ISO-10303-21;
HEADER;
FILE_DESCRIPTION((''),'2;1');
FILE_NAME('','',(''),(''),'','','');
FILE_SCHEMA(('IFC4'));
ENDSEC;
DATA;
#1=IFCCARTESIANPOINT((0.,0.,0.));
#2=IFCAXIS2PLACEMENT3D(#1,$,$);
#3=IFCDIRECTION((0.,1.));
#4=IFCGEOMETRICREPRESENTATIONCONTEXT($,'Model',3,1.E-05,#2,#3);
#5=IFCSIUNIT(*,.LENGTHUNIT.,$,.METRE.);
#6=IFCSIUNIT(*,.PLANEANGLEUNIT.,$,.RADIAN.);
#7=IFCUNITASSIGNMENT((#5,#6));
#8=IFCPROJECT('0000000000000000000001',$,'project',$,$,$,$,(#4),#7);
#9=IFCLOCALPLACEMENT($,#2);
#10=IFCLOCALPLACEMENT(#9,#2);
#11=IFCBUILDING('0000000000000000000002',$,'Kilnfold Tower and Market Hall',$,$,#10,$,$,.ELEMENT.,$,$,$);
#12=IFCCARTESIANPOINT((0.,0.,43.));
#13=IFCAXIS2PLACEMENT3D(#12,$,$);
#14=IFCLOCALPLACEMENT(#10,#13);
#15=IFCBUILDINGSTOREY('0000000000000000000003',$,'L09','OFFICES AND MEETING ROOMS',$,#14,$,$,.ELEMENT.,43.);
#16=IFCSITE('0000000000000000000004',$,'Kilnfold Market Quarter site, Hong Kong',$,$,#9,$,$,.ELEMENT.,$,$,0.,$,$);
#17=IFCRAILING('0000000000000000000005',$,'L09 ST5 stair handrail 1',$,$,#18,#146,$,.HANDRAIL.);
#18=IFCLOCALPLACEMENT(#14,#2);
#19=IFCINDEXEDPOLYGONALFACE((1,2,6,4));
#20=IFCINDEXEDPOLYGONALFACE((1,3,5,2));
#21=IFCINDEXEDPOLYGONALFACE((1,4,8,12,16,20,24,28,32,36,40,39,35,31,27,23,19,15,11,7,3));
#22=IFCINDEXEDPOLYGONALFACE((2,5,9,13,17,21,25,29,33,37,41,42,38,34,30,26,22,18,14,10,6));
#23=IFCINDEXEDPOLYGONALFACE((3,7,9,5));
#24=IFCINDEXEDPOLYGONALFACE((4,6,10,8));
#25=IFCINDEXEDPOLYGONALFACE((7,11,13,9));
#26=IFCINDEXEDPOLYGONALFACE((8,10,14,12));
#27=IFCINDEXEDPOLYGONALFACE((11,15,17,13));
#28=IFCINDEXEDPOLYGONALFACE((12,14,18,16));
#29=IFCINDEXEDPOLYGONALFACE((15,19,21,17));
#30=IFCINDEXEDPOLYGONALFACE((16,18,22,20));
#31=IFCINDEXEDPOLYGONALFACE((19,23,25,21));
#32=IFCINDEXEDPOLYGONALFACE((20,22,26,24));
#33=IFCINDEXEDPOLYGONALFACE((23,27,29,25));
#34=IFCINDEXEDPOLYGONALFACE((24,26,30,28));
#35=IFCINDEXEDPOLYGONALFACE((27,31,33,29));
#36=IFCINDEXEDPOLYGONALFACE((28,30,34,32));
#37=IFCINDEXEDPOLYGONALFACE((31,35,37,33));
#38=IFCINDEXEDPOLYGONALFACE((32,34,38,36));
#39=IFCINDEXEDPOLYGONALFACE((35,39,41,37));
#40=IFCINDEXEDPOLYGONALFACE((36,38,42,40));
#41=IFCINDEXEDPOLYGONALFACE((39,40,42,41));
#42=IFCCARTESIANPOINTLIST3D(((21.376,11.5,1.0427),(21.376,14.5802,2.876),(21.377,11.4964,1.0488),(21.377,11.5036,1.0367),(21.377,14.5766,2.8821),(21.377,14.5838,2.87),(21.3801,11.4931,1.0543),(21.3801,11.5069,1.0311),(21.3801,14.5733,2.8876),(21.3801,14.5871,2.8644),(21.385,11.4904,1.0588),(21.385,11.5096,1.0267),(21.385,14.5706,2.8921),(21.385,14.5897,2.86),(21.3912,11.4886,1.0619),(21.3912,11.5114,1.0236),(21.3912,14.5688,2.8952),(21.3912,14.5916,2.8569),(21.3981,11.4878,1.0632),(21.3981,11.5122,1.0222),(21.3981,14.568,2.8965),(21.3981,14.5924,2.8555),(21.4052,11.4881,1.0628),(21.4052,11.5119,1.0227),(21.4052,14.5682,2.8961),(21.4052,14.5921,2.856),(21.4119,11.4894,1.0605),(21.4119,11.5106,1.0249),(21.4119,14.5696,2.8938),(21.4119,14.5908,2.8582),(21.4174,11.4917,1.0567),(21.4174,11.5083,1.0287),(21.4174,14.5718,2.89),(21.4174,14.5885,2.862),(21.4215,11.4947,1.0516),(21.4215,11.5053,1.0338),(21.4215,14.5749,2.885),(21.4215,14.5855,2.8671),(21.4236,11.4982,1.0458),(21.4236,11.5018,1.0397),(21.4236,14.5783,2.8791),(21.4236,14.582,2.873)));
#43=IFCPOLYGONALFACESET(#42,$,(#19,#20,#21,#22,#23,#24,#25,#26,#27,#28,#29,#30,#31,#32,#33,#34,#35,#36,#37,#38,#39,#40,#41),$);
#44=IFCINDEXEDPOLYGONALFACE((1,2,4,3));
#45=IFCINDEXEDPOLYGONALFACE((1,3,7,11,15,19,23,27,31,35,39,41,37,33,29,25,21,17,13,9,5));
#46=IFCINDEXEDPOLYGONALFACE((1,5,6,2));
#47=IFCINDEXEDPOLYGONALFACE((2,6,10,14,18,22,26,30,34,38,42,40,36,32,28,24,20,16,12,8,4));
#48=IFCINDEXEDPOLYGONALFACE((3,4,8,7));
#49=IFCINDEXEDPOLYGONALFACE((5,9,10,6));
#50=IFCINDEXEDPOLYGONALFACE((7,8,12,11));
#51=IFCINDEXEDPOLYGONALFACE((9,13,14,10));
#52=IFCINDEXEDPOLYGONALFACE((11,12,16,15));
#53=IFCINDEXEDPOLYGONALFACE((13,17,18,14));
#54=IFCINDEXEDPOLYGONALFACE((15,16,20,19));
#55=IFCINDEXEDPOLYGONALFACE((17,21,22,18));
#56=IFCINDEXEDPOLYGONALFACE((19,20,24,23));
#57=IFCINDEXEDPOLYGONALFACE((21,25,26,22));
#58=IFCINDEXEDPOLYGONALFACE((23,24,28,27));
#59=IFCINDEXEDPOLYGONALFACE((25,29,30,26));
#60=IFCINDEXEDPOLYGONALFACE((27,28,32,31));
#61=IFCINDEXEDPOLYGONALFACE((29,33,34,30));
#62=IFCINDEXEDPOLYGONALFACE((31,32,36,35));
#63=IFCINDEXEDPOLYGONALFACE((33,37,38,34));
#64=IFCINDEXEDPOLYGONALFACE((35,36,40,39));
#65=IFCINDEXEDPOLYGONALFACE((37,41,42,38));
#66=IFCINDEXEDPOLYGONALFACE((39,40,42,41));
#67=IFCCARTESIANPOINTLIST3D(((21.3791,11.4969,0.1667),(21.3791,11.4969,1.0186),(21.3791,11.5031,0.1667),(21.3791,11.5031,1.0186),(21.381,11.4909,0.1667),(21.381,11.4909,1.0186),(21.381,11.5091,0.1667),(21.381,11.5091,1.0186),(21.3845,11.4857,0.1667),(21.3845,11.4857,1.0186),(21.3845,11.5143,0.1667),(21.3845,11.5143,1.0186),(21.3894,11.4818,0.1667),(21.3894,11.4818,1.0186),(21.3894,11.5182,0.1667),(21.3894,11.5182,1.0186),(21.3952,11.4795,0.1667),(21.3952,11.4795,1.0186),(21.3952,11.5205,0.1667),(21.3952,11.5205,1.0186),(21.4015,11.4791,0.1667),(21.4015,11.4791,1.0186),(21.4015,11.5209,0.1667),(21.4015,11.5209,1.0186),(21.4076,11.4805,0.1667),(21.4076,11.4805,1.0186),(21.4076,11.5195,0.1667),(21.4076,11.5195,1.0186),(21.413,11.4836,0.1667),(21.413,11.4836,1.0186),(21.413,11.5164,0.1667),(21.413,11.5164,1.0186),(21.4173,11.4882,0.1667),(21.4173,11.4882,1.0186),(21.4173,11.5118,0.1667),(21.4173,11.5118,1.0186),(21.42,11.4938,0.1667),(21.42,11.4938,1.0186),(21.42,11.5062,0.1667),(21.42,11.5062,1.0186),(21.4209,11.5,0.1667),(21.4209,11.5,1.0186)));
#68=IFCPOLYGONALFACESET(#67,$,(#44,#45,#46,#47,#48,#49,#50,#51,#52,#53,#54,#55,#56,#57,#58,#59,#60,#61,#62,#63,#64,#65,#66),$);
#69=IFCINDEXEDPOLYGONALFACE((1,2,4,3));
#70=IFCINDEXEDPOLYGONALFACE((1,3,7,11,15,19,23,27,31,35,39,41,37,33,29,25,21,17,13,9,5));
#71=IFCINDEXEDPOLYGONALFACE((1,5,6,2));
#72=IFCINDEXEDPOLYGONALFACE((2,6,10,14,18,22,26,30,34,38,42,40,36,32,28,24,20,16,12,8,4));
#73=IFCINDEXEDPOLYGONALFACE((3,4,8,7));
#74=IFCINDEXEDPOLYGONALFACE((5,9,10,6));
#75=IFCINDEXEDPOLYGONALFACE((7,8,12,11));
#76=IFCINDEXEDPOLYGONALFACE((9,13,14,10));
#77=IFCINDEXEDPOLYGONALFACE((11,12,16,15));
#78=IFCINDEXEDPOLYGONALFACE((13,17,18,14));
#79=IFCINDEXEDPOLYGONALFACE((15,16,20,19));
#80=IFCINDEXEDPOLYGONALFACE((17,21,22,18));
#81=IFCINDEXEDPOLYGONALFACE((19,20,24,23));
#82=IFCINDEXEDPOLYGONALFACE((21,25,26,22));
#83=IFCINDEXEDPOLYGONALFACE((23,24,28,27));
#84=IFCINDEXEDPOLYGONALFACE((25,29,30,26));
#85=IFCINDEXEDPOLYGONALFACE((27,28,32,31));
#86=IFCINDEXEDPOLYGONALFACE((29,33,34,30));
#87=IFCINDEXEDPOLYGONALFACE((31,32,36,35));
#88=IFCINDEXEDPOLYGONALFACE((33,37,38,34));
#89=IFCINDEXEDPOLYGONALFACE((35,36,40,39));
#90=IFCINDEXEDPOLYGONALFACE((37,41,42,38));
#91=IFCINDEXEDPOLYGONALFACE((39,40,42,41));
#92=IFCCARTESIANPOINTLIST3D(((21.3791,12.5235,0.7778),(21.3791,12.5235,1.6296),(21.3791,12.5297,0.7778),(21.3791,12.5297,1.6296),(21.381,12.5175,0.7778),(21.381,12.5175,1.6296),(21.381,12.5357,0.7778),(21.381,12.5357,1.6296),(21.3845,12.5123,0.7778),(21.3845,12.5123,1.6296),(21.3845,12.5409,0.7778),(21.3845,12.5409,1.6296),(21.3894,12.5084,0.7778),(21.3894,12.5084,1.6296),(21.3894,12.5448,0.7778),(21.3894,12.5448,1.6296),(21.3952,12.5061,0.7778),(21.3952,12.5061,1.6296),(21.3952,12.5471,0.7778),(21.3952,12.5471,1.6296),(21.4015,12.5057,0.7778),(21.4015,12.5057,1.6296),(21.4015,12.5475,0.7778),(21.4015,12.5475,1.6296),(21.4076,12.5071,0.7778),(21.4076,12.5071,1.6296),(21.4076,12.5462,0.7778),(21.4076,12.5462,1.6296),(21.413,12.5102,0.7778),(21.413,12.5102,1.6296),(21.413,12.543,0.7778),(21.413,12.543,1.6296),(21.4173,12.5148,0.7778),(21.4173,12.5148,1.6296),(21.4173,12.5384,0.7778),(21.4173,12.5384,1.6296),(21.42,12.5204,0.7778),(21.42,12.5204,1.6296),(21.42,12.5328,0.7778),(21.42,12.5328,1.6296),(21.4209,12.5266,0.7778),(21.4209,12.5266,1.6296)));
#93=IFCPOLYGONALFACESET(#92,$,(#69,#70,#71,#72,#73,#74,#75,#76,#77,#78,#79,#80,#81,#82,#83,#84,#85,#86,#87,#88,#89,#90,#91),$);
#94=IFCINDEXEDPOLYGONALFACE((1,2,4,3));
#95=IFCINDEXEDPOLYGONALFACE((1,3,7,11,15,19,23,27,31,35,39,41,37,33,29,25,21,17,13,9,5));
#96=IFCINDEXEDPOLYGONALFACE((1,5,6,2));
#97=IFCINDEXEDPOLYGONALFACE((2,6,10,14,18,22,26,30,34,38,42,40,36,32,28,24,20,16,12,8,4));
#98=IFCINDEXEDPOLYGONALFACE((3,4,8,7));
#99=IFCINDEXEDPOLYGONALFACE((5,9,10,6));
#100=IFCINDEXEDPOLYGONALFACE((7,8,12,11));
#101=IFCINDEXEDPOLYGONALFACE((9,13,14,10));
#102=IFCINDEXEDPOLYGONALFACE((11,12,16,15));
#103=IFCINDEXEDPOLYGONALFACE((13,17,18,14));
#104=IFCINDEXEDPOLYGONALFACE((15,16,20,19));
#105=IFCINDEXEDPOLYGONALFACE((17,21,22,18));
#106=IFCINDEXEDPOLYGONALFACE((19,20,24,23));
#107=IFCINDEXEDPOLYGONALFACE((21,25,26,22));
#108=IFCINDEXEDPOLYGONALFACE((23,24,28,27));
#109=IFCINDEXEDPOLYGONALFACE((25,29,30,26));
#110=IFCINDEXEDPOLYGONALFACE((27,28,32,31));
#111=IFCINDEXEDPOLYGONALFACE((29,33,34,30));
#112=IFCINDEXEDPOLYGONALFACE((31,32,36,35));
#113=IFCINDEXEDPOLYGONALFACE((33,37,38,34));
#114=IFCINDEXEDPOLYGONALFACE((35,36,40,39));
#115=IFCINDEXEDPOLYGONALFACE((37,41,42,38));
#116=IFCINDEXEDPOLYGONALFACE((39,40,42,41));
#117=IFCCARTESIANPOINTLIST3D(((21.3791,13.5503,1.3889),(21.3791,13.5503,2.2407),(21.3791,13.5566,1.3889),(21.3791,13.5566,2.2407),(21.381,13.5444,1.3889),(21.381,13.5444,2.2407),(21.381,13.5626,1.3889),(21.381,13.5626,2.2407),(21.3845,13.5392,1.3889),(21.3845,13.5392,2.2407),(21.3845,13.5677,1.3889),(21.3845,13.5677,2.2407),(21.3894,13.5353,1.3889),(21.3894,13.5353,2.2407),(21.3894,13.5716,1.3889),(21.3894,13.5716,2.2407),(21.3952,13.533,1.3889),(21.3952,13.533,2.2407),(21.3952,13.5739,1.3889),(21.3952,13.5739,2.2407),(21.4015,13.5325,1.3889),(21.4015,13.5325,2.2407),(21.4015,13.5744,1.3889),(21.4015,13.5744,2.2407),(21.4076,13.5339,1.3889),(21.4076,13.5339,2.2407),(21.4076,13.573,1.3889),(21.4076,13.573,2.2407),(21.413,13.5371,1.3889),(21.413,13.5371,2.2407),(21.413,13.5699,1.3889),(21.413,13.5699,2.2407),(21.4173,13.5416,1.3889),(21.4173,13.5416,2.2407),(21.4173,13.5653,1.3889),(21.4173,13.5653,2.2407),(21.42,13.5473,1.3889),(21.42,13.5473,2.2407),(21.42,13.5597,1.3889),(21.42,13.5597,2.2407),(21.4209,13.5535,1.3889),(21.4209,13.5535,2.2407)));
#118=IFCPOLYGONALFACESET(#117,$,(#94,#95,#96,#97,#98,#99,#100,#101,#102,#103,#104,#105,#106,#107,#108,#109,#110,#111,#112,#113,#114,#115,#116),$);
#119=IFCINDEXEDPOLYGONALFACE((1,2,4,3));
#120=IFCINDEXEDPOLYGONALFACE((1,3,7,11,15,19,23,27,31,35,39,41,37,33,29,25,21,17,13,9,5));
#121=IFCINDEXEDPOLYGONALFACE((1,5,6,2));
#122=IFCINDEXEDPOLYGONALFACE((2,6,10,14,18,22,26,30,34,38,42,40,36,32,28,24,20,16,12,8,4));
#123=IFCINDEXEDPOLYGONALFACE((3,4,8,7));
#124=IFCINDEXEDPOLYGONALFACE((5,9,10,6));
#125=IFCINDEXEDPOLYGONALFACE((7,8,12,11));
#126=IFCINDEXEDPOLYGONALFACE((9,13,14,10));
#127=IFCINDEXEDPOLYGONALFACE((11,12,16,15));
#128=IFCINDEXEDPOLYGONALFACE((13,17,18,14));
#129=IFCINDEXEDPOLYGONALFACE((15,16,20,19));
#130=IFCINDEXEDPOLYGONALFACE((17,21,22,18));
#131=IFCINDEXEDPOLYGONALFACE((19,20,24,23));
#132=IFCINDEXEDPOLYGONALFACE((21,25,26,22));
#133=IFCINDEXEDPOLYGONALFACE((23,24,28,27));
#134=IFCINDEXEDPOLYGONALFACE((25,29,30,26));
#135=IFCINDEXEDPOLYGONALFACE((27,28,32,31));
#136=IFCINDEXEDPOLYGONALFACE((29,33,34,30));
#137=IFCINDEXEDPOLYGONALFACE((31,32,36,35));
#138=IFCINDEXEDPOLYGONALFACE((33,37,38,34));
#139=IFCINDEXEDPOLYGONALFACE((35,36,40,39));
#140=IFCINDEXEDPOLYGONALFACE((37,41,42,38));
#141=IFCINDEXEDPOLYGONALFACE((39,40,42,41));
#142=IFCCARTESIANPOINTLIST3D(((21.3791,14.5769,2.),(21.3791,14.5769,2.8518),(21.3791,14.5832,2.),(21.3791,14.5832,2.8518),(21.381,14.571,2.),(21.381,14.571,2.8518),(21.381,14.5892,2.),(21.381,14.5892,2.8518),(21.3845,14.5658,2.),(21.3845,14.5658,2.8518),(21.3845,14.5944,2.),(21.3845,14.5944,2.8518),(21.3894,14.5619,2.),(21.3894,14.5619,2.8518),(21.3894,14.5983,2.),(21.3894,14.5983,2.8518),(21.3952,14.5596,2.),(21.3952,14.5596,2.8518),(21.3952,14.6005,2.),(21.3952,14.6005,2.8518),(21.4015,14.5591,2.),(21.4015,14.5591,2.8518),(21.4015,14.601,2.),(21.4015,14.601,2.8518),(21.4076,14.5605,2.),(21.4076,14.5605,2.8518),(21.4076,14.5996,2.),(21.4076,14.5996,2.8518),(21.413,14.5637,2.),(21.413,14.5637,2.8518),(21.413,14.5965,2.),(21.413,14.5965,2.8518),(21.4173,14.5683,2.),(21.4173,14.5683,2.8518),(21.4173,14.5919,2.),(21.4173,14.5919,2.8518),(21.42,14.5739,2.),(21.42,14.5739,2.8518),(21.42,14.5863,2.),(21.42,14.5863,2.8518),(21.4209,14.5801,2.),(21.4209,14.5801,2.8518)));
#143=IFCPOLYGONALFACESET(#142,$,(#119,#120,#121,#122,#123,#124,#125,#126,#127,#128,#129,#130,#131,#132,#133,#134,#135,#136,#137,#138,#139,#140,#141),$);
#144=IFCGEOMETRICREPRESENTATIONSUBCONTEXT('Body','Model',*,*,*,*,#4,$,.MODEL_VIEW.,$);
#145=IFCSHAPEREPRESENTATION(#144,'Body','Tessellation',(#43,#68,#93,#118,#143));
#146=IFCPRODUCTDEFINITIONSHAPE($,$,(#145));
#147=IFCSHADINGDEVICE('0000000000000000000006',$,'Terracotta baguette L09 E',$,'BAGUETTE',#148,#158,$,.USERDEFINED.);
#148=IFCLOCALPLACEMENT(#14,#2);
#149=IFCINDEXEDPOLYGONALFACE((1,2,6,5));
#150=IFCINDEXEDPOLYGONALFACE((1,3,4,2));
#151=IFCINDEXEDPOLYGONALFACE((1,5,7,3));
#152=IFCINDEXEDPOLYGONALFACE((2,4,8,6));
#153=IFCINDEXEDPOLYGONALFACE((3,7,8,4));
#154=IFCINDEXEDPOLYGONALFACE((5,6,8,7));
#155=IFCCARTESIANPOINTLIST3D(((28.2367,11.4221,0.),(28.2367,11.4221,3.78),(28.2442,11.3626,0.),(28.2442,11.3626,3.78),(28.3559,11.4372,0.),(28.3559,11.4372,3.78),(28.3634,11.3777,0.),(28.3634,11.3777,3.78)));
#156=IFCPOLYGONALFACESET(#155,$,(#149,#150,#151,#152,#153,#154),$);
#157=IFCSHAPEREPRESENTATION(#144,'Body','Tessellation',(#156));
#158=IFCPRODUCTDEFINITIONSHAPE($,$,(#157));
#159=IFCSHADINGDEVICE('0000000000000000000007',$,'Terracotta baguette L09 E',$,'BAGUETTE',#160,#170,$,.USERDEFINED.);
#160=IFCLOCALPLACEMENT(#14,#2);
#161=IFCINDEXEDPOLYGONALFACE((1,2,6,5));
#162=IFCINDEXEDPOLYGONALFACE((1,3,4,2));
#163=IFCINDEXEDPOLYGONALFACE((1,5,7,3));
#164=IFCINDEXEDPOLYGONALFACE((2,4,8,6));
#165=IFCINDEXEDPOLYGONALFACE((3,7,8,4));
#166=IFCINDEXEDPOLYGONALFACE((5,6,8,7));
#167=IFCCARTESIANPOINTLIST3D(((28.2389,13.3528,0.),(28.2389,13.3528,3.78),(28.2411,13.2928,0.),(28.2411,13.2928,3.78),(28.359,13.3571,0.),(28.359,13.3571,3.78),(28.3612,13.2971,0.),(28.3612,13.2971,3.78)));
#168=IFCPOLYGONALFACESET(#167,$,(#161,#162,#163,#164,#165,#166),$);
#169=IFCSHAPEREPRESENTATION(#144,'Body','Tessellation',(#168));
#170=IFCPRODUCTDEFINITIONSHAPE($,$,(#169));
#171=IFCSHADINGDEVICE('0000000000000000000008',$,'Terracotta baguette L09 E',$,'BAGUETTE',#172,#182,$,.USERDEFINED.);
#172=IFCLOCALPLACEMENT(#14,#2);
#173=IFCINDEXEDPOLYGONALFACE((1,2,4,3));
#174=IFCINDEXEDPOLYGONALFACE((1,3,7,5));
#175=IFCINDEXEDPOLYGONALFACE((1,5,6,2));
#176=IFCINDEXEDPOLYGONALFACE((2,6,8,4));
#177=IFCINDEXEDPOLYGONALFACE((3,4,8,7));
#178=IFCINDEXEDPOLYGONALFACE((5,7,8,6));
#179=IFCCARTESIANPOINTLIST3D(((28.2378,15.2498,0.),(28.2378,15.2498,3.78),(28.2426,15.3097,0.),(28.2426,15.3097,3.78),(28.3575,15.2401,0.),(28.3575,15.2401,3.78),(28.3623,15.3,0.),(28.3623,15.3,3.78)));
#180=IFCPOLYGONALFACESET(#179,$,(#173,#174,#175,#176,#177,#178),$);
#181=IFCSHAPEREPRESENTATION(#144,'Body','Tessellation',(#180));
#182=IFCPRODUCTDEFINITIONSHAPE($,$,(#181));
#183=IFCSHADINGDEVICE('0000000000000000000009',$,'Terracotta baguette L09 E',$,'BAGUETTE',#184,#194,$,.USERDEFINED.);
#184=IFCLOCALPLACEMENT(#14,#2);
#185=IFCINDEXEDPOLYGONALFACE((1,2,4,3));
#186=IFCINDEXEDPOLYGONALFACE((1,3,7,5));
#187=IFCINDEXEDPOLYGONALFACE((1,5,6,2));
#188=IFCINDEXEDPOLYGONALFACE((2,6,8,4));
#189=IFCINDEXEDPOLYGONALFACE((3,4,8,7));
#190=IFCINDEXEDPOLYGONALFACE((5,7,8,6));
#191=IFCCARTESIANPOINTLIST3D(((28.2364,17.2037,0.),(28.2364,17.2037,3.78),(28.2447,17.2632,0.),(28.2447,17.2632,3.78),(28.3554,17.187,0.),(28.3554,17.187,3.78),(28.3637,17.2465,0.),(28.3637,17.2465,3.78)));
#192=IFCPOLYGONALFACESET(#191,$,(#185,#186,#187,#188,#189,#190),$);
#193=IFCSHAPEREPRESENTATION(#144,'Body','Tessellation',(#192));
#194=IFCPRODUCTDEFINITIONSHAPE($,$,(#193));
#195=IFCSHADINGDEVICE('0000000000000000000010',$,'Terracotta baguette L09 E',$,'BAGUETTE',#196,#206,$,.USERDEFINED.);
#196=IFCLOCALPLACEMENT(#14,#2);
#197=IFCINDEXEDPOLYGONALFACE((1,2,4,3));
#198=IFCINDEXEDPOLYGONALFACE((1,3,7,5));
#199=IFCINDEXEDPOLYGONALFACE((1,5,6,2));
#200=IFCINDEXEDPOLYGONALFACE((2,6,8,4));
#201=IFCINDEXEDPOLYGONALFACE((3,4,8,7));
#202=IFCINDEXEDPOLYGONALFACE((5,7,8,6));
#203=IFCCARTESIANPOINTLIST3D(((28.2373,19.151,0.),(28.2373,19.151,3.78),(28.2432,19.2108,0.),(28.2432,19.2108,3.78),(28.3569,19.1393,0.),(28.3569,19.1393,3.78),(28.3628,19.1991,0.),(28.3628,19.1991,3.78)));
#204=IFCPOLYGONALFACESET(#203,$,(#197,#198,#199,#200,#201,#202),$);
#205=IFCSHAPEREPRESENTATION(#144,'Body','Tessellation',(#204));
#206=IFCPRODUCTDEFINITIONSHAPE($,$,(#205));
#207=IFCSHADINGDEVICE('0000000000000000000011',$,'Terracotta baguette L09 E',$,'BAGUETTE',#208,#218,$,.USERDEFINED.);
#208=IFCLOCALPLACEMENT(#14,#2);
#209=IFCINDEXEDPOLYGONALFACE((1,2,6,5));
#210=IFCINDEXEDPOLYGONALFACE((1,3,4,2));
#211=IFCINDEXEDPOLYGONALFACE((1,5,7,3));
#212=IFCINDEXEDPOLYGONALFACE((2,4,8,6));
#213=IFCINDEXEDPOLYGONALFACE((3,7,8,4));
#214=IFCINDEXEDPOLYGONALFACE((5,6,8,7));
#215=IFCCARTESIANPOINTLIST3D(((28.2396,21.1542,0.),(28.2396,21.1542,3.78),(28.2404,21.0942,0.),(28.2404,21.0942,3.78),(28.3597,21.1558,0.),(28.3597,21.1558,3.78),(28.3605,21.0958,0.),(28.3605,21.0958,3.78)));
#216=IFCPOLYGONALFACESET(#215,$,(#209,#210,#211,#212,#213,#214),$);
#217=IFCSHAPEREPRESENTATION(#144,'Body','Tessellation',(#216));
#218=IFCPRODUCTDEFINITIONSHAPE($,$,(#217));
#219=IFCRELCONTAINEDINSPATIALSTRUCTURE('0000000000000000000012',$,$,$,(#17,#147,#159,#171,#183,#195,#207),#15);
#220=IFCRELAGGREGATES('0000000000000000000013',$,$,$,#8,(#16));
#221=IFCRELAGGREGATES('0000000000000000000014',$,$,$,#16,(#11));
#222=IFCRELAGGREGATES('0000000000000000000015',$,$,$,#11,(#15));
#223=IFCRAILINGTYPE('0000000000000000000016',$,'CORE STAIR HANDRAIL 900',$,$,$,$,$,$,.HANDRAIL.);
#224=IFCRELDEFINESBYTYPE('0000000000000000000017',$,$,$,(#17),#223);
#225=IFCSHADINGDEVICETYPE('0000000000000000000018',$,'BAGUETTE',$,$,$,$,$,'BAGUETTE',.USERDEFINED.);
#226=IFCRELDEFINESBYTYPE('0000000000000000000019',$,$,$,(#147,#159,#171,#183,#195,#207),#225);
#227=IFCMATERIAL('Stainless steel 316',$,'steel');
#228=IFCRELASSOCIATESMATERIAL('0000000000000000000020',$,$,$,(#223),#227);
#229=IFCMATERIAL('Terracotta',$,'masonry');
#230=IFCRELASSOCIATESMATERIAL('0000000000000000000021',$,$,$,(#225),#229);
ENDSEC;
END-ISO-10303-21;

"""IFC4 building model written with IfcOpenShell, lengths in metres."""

from ifc_helpers import new_model, si_unit, direction, frame, origin, origin_2d, place, context, subcontext, project, spatial, rectangle, circle, extrude, source, transform, mapped, material, material_profile, profile_set, type_object, element, save


model = new_model("IFC4")

# Units and contexts
model_context = context("Model", 3, precision=1e-05, world=origin(), true_north=direction((0.0, 1.0)))
body_context = subcontext(model_context, "Body", "Model", "MODEL_VIEW")
ifc_project = project(units=[si_unit("LENGTHUNIT", "METRE"), si_unit("PLANEANGLEUNIT", "RADIAN")], contexts=[model_context])

# Site, building, storey
site_placement = place(None, origin())
site = spatial("IfcSite", under=ifc_project, at=site_placement, Name="Kilnfold Market Quarter site, Hong Kong", CompositionType="ELEMENT", RefElevation=0.0)
building_placement = place(site_placement, origin())
building = spatial("IfcBuilding", under=site, at=building_placement, Name="Kilnfold Tower and Market Hall", CompositionType="ELEMENT")
storey_placement = place(building_placement, frame((0.0, 0.0, 43.0)))
storey = spatial("IfcBuildingStorey", under=building, at=storey_placement, Name="L09", Description="OFFICES AND MEETING ROOMS", CompositionType="ELEMENT", Elevation=43.0)

# Railing
ifc_material_1 = material(Name="Stainless steel 316", Category="steel")
railing_type_1 = type_object("IfcRailingType", Name="CORE STAIR HANDRAIL 900", PredefinedType="HANDRAIL", material=ifc_material_1)
railing_1_placement = place(storey_placement, frame((21.3999, 11.5, 0.1667)))
element("IfcRailing", 1, at=railing_1_placement, inside=storey, type_object=railing_type_1, Name="L09 ST5 stair handrail 1", PredefinedType="HANDRAIL", context=body_context, shape_type="SweptSolid", body=[
    extrude(circle(Radius=0.0239, at=origin_2d()), frame((0.0, 0.0, 0.876), z_axis=(0.0, 0.859309, 0.511458), x_axis=(-1.0, 0.0, 0.0)), (0.0, 0.0, 1.0), 3.5845),
    extrude(circle(Radius=0.021, at=origin_2d()), origin(), (0.0, 0.0, 1.0), 0.8518),
    extrude(circle(Radius=0.021, at=origin_2d()), frame((0.0, 1.0266, 0.6111)), (0.0, 0.0, 1.0), 0.8518),
    extrude(circle(Radius=0.021, at=origin_2d()), frame((0.0, 2.0535, 1.2222)), (0.0, 0.0, 1.0), 0.8518),
    extrude(circle(Radius=0.021, at=origin_2d()), frame((0.0, 3.0801, 1.8333)), (0.0, 0.0, 1.0), 0.8518),
])

# Shading devices
ifc_material_2 = material(Name="Terracotta", Category="masonry")
ifc_material_profile_1 = material_profile(ifc_material_2, rectangle(XDim=0.0601, YDim=0.1201, at=origin_2d()), Name="BAG 60x120")
ifc_profile_set_1 = profile_set([ifc_material_profile_1], Name="Terracotta")
shading_device_type = type_object("IfcShadingDeviceType", Name="BAGUETTE", ElementType="BAGUETTE", PredefinedType="USERDEFINED", material=ifc_profile_set_1)
shared_shape_1 = source(origin(), body_context, "Body", "SweptSolid", [
    extrude(rectangle(XDim=0.0601, YDim=0.1201, at=origin_2d()), origin(), (0.0, 0.0, 1.0), 3.78),
])
for number, where, z_axis, x_axis, name in (
    (2, (28.3, 11.3999, 0.0), (0.0, 0.0, 1.0), (-0.12569, 0.99207, 0.0), "Terracotta baguette L09 E"),
    (3, (28.3, 13.325, 0.0), (0.0, 0.0, 1.0), (-0.036126, 0.999347, 0.0), "Terracotta baguette L09 E"),
    (4, (28.3, 15.2749, 0.0), (0.0, 0.0, 1.0), (0.080289, 0.996772, 0.0), "Terracotta baguette L09 E"),
    (5, (28.3, 17.2251, 0.0), (0.0, 0.0, 1.0), (0.138706, 0.990334, 0.0), "Terracotta baguette L09 E"),
    (6, (28.3, 19.175, 0.0), (0.0, 0.0, 1.0), (0.09783, 0.995203, 0.0), "Terracotta baguette L09 E"),
    (7, (28.3, 21.125, 0.0), (0.0, 0.0, 1.0), (-0.013561, 0.999908, 0.0), "Terracotta baguette L09 E"),
):
    element("IfcShadingDevice", number, at=place(storey_placement, frame(where, z_axis=z_axis, x_axis=x_axis)), inside=storey, type_object=shading_device_type, Name=name, ObjectType="BAGUETTE", PredefinedType="USERDEFINED", context=body_context, shape_type="MappedRepresentation", body=[
        mapped(shared_shape_1, transform((0.0, 0.0, 0.0))),
    ])

save(model, "model.ifc")
